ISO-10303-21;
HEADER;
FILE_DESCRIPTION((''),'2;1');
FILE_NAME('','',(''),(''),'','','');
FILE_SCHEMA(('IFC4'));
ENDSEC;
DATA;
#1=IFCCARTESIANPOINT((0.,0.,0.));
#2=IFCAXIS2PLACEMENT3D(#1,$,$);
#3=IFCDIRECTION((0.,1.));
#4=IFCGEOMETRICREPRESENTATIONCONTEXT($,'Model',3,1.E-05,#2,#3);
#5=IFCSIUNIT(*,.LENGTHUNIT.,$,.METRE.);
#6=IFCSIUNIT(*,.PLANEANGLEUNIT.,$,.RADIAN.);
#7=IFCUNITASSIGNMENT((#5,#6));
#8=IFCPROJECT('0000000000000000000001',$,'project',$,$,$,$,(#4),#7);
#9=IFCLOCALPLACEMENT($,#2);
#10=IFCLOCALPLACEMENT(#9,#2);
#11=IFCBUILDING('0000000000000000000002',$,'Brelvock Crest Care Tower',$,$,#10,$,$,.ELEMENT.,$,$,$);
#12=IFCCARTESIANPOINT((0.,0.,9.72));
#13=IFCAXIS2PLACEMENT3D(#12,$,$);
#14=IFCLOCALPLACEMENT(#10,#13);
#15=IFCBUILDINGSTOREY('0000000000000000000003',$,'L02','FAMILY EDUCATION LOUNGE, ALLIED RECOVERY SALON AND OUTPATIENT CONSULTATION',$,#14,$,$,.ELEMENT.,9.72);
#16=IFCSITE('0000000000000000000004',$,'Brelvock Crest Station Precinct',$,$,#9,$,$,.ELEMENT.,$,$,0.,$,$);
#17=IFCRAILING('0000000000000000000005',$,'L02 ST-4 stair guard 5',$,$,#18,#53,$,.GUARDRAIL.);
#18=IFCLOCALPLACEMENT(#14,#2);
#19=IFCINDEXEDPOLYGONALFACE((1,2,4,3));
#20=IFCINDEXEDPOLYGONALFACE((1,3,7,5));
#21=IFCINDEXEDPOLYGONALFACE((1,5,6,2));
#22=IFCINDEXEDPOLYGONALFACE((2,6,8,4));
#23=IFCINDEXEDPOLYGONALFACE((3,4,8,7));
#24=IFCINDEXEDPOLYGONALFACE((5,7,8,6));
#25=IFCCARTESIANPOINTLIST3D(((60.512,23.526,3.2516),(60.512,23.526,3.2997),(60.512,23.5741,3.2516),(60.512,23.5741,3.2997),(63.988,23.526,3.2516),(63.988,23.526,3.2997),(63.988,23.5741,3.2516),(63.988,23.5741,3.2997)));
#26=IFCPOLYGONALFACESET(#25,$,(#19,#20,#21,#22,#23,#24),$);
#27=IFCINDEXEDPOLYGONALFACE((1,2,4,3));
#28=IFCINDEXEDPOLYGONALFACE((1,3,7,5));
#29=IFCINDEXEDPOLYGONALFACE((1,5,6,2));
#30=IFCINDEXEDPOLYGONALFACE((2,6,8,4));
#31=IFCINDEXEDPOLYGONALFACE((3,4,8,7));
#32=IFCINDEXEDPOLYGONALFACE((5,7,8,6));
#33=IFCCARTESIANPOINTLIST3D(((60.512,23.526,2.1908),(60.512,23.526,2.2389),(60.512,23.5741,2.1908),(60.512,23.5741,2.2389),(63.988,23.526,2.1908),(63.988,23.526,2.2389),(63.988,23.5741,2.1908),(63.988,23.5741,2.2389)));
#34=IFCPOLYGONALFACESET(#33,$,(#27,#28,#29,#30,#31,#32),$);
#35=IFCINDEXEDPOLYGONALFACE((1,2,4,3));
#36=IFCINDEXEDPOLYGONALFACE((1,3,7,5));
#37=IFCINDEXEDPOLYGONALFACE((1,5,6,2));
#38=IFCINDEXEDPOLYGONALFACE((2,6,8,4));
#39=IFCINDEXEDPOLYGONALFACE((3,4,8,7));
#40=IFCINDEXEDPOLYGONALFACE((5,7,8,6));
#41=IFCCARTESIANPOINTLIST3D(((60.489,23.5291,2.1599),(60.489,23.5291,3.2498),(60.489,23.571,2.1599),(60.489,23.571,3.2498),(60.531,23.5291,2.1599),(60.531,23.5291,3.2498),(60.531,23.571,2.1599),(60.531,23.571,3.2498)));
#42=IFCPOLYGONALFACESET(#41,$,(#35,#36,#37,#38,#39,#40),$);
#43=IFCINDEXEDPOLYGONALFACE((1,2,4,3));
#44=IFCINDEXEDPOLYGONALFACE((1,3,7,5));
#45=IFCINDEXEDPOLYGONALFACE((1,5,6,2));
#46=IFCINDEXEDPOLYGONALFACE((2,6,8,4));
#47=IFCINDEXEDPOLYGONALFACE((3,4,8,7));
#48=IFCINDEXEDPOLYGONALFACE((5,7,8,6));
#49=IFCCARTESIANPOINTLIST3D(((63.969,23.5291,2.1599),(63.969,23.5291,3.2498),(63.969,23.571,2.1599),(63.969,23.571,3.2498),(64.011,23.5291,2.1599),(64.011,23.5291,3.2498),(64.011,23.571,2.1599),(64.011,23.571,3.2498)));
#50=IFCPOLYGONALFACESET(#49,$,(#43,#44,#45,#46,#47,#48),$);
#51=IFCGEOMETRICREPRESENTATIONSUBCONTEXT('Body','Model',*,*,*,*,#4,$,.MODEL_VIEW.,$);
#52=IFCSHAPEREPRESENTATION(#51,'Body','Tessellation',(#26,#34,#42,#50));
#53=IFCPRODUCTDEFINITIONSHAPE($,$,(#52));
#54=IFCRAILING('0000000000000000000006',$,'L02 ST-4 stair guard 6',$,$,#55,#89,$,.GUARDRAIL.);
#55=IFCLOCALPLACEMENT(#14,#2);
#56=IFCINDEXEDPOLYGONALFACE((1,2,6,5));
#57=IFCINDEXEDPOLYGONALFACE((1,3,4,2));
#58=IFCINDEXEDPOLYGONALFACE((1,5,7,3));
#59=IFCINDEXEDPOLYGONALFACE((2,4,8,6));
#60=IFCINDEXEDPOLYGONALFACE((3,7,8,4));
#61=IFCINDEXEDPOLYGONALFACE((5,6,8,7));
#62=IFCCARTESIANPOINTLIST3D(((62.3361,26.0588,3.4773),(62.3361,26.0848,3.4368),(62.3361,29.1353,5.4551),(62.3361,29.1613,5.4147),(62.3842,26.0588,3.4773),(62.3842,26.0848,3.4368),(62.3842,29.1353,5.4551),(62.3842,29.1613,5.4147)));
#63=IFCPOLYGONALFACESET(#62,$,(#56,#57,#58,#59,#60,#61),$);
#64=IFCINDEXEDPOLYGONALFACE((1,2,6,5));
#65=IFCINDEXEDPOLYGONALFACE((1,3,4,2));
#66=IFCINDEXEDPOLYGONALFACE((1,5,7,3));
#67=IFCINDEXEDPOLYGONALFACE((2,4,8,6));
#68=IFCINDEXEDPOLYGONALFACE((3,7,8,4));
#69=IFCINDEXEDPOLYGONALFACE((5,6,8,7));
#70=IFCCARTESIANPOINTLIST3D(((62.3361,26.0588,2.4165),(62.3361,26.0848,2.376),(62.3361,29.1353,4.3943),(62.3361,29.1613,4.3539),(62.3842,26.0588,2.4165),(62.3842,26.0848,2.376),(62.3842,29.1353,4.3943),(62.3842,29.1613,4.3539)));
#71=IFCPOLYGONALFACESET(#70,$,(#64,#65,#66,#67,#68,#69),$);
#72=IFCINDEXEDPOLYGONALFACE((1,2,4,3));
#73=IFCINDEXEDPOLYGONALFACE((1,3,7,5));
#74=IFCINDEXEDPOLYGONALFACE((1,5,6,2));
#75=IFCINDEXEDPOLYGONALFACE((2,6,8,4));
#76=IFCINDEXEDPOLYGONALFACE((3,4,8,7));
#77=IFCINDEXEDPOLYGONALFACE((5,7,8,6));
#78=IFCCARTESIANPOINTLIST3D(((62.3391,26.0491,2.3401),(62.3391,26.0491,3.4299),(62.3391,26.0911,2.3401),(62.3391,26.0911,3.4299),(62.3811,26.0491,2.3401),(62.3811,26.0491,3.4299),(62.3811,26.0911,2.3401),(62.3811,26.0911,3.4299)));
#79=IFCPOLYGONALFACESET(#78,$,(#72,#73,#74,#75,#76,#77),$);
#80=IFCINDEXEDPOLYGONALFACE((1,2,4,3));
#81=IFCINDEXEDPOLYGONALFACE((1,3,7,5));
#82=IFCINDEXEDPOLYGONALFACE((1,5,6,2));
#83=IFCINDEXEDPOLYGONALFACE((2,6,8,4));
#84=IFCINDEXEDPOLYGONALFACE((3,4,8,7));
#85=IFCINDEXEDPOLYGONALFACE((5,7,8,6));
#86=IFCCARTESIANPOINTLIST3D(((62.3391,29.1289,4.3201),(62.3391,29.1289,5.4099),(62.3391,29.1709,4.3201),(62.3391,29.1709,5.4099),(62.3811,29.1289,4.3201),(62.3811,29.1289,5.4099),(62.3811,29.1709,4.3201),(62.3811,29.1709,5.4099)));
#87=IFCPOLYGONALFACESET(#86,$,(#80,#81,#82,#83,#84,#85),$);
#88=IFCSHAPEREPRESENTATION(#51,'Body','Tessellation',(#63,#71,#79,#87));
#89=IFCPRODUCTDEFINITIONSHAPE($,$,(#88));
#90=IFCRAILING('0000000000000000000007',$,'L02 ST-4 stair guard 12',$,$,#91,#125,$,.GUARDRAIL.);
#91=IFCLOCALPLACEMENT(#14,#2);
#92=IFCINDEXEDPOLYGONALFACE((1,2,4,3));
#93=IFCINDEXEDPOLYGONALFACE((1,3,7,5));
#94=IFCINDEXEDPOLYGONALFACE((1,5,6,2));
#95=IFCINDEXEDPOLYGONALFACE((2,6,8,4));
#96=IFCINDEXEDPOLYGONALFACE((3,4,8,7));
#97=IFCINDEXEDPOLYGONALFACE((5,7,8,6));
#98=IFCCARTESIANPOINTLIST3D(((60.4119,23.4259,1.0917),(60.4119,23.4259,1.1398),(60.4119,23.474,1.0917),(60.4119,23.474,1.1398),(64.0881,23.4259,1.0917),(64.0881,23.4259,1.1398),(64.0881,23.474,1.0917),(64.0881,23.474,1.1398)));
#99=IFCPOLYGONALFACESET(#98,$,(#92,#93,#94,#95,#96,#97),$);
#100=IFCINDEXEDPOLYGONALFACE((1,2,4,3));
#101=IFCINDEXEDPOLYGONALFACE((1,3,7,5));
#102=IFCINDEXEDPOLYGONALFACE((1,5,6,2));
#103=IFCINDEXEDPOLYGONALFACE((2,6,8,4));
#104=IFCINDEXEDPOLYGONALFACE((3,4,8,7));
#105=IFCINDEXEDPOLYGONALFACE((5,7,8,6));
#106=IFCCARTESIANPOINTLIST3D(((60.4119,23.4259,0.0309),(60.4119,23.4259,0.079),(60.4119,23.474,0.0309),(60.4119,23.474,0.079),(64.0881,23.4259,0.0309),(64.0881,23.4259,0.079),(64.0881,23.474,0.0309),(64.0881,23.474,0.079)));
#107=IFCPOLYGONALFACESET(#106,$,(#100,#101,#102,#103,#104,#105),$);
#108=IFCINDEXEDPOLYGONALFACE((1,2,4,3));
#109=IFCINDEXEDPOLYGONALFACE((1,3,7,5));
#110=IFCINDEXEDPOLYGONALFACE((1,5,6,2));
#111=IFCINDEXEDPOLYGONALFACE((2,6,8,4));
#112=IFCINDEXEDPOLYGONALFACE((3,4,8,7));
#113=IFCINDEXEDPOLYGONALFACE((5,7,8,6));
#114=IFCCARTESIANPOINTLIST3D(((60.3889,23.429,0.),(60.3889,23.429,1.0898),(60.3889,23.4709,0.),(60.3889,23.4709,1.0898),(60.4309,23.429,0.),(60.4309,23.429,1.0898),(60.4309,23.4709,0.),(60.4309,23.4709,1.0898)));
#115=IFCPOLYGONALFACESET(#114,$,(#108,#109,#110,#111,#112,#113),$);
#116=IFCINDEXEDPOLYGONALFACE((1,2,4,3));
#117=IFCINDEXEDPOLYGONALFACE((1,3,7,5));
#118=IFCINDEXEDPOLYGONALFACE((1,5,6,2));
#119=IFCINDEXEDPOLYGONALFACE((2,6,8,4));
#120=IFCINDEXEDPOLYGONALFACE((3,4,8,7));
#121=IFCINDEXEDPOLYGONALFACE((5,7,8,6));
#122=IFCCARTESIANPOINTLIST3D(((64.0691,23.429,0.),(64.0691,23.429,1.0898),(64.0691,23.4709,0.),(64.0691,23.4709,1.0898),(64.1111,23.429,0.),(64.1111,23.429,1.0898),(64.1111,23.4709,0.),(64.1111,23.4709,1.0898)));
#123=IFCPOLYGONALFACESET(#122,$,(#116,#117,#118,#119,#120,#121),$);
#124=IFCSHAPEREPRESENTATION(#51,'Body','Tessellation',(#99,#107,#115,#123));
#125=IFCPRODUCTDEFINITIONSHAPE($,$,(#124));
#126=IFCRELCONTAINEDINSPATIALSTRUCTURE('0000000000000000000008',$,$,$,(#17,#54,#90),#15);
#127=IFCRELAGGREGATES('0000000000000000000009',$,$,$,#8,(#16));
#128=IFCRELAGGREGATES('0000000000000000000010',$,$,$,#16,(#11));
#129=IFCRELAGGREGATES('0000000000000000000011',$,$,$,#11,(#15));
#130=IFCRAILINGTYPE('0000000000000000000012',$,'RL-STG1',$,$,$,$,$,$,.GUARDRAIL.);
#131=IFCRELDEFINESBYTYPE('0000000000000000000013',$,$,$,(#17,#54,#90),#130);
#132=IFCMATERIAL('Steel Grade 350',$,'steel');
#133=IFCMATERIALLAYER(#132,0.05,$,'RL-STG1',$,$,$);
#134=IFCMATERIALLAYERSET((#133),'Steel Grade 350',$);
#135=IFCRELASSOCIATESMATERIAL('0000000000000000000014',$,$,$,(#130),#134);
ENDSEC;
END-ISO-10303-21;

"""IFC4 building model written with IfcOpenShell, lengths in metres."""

from ifc_helpers import new_model, si_unit, direction, frame, origin, origin_2d, place, context, subcontext, project, spatial, rectangle, extrude, material, layer, layer_set, type_object, element, save


model = new_model("IFC4")

# Units and contexts
model_context = context("Model", 3, precision=1e-05, world=origin(), true_north=direction((0.0, 1.0)))
body_context = subcontext(model_context, "Body", "Model", "MODEL_VIEW")
ifc_project = project(units=[si_unit("LENGTHUNIT", "METRE"), si_unit("PLANEANGLEUNIT", "RADIAN")], contexts=[model_context])

# Site, building, storey
site_placement = place(None, origin())
site = spatial("IfcSite", under=ifc_project, at=site_placement, Name="Brelvock Crest Station Precinct", CompositionType="ELEMENT", RefElevation=0.0)
building_placement = place(site_placement, origin())
building = spatial("IfcBuilding", under=site, at=building_placement, Name="Brelvock Crest Care Tower", CompositionType="ELEMENT")
storey_placement = place(building_placement, frame((0.0, 0.0, 9.72)))
storey = spatial("IfcBuildingStorey", under=building, at=storey_placement, Name="L02", Description="FAMILY EDUCATION LOUNGE, ALLIED RECOVERY SALON AND OUTPATIENT CONSULTATION", CompositionType="ELEMENT", Elevation=9.72)

# Shared definitions
ifc_material_1 = material(Name="Steel Grade 350", Category="steel")

# Railings
ifc_layer_1 = layer(ifc_material_1, 0.05, Name="RL-STG1")
ifc_layer_set_1 = layer_set([ifc_layer_1], Name="Steel Grade 350")
railing_type = type_object("IfcRailingType", Name="RL-STG1", PredefinedType="GUARDRAIL", material=ifc_layer_set_1)
railing_1_placement = place(storey_placement, frame((60.51, 23.55, 2.1599)))
element("IfcRailing", 1, at=railing_1_placement, inside=storey, type_object=railing_type, Name="L02 ST-4 stair guard 5", PredefinedType="GUARDRAIL", context=body_context, shape_type="SweptSolid", body=[
    extrude(rectangle(XDim=0.0481, YDim=0.0481, at=origin_2d()), frame((0.002, 0.0, 1.1157), z_axis=(1.0, 0.0, 0.0), x_axis=(0.0, 1.0, 0.0)), (0.0, 0.0, 1.0), 3.4761),
    extrude(rectangle(XDim=0.0481, YDim=0.0481, at=origin_2d()), frame((0.002, 0.0, 0.0549), z_axis=(1.0, 0.0, 0.0), x_axis=(0.0, 1.0, 0.0)), (0.0, 0.0, 1.0), 3.4761),
    extrude(rectangle(XDim=0.042, YDim=0.042, at=origin_2d()), origin(), (0.0, 0.0, 1.0), 1.0898),
    extrude(rectangle(XDim=0.042, YDim=0.042, at=origin_2d()), frame((3.48, 0.0, 0.0)), (0.0, 0.0, 1.0), 1.0898),
])
railing_2_placement = place(storey_placement, frame((62.3601, 26.0701, 2.3401)))
element("IfcRailing", 2, at=railing_2_placement, inside=storey, type_object=railing_type, Name="L02 ST-4 stair guard 6", PredefinedType="GUARDRAIL", context=body_context, shape_type="SweptSolid", body=[
    extrude(rectangle(XDim=0.0481, YDim=0.0481, at=origin_2d()), frame((0.0, 0.0017, 1.1169), z_axis=(0.0, 0.841168, 0.540774), x_axis=(-1.0, 0.0, 0.0)), (0.0, 0.0, 1.0), 3.6575),
    extrude(rectangle(XDim=0.0481, YDim=0.0481, at=origin_2d()), frame((0.0, 0.0017, 0.0562), z_axis=(0.0, 0.841168, 0.540774), x_axis=(-1.0, 0.0, 0.0)), (0.0, 0.0, 1.0), 3.6575),
    extrude(rectangle(XDim=0.042, YDim=0.042, at=origin_2d()), origin(), (0.0, 0.0, 1.0), 1.0898),
    extrude(rectangle(XDim=0.042, YDim=0.042, at=origin_2d()), frame((0.0, 3.0798, 1.98)), (0.0, 0.0, 1.0), 1.0898),
])
railing_3_placement = place(storey_placement, frame((60.4099, 23.45, 0.0)))
element("IfcRailing", 3, at=railing_3_placement, inside=storey, type_object=railing_type, Name="L02 ST-4 stair guard 12", PredefinedType="GUARDRAIL", context=body_context, shape_type="SweptSolid", body=[
    extrude(rectangle(XDim=0.0481, YDim=0.0481, at=origin_2d()), frame((0.002, 0.0, 1.1157), z_axis=(1.0, 0.0, 0.0), x_axis=(0.0, 1.0, 0.0)), (0.0, 0.0, 1.0), 3.6763),
    extrude(rectangle(XDim=0.0481, YDim=0.0481, at=origin_2d()), frame((0.002, 0.0, 0.0549), z_axis=(1.0, 0.0, 0.0), x_axis=(0.0, 1.0, 0.0)), (0.0, 0.0, 1.0), 3.6763),
    extrude(rectangle(XDim=0.042, YDim=0.042, at=origin_2d()), origin(), (0.0, 0.0, 1.0), 1.0898),
    extrude(rectangle(XDim=0.042, YDim=0.042, at=origin_2d()), frame((3.6802, 0.0, 0.0)), (0.0, 0.0, 1.0), 1.0898),
])

save(model, "model.ifc")
